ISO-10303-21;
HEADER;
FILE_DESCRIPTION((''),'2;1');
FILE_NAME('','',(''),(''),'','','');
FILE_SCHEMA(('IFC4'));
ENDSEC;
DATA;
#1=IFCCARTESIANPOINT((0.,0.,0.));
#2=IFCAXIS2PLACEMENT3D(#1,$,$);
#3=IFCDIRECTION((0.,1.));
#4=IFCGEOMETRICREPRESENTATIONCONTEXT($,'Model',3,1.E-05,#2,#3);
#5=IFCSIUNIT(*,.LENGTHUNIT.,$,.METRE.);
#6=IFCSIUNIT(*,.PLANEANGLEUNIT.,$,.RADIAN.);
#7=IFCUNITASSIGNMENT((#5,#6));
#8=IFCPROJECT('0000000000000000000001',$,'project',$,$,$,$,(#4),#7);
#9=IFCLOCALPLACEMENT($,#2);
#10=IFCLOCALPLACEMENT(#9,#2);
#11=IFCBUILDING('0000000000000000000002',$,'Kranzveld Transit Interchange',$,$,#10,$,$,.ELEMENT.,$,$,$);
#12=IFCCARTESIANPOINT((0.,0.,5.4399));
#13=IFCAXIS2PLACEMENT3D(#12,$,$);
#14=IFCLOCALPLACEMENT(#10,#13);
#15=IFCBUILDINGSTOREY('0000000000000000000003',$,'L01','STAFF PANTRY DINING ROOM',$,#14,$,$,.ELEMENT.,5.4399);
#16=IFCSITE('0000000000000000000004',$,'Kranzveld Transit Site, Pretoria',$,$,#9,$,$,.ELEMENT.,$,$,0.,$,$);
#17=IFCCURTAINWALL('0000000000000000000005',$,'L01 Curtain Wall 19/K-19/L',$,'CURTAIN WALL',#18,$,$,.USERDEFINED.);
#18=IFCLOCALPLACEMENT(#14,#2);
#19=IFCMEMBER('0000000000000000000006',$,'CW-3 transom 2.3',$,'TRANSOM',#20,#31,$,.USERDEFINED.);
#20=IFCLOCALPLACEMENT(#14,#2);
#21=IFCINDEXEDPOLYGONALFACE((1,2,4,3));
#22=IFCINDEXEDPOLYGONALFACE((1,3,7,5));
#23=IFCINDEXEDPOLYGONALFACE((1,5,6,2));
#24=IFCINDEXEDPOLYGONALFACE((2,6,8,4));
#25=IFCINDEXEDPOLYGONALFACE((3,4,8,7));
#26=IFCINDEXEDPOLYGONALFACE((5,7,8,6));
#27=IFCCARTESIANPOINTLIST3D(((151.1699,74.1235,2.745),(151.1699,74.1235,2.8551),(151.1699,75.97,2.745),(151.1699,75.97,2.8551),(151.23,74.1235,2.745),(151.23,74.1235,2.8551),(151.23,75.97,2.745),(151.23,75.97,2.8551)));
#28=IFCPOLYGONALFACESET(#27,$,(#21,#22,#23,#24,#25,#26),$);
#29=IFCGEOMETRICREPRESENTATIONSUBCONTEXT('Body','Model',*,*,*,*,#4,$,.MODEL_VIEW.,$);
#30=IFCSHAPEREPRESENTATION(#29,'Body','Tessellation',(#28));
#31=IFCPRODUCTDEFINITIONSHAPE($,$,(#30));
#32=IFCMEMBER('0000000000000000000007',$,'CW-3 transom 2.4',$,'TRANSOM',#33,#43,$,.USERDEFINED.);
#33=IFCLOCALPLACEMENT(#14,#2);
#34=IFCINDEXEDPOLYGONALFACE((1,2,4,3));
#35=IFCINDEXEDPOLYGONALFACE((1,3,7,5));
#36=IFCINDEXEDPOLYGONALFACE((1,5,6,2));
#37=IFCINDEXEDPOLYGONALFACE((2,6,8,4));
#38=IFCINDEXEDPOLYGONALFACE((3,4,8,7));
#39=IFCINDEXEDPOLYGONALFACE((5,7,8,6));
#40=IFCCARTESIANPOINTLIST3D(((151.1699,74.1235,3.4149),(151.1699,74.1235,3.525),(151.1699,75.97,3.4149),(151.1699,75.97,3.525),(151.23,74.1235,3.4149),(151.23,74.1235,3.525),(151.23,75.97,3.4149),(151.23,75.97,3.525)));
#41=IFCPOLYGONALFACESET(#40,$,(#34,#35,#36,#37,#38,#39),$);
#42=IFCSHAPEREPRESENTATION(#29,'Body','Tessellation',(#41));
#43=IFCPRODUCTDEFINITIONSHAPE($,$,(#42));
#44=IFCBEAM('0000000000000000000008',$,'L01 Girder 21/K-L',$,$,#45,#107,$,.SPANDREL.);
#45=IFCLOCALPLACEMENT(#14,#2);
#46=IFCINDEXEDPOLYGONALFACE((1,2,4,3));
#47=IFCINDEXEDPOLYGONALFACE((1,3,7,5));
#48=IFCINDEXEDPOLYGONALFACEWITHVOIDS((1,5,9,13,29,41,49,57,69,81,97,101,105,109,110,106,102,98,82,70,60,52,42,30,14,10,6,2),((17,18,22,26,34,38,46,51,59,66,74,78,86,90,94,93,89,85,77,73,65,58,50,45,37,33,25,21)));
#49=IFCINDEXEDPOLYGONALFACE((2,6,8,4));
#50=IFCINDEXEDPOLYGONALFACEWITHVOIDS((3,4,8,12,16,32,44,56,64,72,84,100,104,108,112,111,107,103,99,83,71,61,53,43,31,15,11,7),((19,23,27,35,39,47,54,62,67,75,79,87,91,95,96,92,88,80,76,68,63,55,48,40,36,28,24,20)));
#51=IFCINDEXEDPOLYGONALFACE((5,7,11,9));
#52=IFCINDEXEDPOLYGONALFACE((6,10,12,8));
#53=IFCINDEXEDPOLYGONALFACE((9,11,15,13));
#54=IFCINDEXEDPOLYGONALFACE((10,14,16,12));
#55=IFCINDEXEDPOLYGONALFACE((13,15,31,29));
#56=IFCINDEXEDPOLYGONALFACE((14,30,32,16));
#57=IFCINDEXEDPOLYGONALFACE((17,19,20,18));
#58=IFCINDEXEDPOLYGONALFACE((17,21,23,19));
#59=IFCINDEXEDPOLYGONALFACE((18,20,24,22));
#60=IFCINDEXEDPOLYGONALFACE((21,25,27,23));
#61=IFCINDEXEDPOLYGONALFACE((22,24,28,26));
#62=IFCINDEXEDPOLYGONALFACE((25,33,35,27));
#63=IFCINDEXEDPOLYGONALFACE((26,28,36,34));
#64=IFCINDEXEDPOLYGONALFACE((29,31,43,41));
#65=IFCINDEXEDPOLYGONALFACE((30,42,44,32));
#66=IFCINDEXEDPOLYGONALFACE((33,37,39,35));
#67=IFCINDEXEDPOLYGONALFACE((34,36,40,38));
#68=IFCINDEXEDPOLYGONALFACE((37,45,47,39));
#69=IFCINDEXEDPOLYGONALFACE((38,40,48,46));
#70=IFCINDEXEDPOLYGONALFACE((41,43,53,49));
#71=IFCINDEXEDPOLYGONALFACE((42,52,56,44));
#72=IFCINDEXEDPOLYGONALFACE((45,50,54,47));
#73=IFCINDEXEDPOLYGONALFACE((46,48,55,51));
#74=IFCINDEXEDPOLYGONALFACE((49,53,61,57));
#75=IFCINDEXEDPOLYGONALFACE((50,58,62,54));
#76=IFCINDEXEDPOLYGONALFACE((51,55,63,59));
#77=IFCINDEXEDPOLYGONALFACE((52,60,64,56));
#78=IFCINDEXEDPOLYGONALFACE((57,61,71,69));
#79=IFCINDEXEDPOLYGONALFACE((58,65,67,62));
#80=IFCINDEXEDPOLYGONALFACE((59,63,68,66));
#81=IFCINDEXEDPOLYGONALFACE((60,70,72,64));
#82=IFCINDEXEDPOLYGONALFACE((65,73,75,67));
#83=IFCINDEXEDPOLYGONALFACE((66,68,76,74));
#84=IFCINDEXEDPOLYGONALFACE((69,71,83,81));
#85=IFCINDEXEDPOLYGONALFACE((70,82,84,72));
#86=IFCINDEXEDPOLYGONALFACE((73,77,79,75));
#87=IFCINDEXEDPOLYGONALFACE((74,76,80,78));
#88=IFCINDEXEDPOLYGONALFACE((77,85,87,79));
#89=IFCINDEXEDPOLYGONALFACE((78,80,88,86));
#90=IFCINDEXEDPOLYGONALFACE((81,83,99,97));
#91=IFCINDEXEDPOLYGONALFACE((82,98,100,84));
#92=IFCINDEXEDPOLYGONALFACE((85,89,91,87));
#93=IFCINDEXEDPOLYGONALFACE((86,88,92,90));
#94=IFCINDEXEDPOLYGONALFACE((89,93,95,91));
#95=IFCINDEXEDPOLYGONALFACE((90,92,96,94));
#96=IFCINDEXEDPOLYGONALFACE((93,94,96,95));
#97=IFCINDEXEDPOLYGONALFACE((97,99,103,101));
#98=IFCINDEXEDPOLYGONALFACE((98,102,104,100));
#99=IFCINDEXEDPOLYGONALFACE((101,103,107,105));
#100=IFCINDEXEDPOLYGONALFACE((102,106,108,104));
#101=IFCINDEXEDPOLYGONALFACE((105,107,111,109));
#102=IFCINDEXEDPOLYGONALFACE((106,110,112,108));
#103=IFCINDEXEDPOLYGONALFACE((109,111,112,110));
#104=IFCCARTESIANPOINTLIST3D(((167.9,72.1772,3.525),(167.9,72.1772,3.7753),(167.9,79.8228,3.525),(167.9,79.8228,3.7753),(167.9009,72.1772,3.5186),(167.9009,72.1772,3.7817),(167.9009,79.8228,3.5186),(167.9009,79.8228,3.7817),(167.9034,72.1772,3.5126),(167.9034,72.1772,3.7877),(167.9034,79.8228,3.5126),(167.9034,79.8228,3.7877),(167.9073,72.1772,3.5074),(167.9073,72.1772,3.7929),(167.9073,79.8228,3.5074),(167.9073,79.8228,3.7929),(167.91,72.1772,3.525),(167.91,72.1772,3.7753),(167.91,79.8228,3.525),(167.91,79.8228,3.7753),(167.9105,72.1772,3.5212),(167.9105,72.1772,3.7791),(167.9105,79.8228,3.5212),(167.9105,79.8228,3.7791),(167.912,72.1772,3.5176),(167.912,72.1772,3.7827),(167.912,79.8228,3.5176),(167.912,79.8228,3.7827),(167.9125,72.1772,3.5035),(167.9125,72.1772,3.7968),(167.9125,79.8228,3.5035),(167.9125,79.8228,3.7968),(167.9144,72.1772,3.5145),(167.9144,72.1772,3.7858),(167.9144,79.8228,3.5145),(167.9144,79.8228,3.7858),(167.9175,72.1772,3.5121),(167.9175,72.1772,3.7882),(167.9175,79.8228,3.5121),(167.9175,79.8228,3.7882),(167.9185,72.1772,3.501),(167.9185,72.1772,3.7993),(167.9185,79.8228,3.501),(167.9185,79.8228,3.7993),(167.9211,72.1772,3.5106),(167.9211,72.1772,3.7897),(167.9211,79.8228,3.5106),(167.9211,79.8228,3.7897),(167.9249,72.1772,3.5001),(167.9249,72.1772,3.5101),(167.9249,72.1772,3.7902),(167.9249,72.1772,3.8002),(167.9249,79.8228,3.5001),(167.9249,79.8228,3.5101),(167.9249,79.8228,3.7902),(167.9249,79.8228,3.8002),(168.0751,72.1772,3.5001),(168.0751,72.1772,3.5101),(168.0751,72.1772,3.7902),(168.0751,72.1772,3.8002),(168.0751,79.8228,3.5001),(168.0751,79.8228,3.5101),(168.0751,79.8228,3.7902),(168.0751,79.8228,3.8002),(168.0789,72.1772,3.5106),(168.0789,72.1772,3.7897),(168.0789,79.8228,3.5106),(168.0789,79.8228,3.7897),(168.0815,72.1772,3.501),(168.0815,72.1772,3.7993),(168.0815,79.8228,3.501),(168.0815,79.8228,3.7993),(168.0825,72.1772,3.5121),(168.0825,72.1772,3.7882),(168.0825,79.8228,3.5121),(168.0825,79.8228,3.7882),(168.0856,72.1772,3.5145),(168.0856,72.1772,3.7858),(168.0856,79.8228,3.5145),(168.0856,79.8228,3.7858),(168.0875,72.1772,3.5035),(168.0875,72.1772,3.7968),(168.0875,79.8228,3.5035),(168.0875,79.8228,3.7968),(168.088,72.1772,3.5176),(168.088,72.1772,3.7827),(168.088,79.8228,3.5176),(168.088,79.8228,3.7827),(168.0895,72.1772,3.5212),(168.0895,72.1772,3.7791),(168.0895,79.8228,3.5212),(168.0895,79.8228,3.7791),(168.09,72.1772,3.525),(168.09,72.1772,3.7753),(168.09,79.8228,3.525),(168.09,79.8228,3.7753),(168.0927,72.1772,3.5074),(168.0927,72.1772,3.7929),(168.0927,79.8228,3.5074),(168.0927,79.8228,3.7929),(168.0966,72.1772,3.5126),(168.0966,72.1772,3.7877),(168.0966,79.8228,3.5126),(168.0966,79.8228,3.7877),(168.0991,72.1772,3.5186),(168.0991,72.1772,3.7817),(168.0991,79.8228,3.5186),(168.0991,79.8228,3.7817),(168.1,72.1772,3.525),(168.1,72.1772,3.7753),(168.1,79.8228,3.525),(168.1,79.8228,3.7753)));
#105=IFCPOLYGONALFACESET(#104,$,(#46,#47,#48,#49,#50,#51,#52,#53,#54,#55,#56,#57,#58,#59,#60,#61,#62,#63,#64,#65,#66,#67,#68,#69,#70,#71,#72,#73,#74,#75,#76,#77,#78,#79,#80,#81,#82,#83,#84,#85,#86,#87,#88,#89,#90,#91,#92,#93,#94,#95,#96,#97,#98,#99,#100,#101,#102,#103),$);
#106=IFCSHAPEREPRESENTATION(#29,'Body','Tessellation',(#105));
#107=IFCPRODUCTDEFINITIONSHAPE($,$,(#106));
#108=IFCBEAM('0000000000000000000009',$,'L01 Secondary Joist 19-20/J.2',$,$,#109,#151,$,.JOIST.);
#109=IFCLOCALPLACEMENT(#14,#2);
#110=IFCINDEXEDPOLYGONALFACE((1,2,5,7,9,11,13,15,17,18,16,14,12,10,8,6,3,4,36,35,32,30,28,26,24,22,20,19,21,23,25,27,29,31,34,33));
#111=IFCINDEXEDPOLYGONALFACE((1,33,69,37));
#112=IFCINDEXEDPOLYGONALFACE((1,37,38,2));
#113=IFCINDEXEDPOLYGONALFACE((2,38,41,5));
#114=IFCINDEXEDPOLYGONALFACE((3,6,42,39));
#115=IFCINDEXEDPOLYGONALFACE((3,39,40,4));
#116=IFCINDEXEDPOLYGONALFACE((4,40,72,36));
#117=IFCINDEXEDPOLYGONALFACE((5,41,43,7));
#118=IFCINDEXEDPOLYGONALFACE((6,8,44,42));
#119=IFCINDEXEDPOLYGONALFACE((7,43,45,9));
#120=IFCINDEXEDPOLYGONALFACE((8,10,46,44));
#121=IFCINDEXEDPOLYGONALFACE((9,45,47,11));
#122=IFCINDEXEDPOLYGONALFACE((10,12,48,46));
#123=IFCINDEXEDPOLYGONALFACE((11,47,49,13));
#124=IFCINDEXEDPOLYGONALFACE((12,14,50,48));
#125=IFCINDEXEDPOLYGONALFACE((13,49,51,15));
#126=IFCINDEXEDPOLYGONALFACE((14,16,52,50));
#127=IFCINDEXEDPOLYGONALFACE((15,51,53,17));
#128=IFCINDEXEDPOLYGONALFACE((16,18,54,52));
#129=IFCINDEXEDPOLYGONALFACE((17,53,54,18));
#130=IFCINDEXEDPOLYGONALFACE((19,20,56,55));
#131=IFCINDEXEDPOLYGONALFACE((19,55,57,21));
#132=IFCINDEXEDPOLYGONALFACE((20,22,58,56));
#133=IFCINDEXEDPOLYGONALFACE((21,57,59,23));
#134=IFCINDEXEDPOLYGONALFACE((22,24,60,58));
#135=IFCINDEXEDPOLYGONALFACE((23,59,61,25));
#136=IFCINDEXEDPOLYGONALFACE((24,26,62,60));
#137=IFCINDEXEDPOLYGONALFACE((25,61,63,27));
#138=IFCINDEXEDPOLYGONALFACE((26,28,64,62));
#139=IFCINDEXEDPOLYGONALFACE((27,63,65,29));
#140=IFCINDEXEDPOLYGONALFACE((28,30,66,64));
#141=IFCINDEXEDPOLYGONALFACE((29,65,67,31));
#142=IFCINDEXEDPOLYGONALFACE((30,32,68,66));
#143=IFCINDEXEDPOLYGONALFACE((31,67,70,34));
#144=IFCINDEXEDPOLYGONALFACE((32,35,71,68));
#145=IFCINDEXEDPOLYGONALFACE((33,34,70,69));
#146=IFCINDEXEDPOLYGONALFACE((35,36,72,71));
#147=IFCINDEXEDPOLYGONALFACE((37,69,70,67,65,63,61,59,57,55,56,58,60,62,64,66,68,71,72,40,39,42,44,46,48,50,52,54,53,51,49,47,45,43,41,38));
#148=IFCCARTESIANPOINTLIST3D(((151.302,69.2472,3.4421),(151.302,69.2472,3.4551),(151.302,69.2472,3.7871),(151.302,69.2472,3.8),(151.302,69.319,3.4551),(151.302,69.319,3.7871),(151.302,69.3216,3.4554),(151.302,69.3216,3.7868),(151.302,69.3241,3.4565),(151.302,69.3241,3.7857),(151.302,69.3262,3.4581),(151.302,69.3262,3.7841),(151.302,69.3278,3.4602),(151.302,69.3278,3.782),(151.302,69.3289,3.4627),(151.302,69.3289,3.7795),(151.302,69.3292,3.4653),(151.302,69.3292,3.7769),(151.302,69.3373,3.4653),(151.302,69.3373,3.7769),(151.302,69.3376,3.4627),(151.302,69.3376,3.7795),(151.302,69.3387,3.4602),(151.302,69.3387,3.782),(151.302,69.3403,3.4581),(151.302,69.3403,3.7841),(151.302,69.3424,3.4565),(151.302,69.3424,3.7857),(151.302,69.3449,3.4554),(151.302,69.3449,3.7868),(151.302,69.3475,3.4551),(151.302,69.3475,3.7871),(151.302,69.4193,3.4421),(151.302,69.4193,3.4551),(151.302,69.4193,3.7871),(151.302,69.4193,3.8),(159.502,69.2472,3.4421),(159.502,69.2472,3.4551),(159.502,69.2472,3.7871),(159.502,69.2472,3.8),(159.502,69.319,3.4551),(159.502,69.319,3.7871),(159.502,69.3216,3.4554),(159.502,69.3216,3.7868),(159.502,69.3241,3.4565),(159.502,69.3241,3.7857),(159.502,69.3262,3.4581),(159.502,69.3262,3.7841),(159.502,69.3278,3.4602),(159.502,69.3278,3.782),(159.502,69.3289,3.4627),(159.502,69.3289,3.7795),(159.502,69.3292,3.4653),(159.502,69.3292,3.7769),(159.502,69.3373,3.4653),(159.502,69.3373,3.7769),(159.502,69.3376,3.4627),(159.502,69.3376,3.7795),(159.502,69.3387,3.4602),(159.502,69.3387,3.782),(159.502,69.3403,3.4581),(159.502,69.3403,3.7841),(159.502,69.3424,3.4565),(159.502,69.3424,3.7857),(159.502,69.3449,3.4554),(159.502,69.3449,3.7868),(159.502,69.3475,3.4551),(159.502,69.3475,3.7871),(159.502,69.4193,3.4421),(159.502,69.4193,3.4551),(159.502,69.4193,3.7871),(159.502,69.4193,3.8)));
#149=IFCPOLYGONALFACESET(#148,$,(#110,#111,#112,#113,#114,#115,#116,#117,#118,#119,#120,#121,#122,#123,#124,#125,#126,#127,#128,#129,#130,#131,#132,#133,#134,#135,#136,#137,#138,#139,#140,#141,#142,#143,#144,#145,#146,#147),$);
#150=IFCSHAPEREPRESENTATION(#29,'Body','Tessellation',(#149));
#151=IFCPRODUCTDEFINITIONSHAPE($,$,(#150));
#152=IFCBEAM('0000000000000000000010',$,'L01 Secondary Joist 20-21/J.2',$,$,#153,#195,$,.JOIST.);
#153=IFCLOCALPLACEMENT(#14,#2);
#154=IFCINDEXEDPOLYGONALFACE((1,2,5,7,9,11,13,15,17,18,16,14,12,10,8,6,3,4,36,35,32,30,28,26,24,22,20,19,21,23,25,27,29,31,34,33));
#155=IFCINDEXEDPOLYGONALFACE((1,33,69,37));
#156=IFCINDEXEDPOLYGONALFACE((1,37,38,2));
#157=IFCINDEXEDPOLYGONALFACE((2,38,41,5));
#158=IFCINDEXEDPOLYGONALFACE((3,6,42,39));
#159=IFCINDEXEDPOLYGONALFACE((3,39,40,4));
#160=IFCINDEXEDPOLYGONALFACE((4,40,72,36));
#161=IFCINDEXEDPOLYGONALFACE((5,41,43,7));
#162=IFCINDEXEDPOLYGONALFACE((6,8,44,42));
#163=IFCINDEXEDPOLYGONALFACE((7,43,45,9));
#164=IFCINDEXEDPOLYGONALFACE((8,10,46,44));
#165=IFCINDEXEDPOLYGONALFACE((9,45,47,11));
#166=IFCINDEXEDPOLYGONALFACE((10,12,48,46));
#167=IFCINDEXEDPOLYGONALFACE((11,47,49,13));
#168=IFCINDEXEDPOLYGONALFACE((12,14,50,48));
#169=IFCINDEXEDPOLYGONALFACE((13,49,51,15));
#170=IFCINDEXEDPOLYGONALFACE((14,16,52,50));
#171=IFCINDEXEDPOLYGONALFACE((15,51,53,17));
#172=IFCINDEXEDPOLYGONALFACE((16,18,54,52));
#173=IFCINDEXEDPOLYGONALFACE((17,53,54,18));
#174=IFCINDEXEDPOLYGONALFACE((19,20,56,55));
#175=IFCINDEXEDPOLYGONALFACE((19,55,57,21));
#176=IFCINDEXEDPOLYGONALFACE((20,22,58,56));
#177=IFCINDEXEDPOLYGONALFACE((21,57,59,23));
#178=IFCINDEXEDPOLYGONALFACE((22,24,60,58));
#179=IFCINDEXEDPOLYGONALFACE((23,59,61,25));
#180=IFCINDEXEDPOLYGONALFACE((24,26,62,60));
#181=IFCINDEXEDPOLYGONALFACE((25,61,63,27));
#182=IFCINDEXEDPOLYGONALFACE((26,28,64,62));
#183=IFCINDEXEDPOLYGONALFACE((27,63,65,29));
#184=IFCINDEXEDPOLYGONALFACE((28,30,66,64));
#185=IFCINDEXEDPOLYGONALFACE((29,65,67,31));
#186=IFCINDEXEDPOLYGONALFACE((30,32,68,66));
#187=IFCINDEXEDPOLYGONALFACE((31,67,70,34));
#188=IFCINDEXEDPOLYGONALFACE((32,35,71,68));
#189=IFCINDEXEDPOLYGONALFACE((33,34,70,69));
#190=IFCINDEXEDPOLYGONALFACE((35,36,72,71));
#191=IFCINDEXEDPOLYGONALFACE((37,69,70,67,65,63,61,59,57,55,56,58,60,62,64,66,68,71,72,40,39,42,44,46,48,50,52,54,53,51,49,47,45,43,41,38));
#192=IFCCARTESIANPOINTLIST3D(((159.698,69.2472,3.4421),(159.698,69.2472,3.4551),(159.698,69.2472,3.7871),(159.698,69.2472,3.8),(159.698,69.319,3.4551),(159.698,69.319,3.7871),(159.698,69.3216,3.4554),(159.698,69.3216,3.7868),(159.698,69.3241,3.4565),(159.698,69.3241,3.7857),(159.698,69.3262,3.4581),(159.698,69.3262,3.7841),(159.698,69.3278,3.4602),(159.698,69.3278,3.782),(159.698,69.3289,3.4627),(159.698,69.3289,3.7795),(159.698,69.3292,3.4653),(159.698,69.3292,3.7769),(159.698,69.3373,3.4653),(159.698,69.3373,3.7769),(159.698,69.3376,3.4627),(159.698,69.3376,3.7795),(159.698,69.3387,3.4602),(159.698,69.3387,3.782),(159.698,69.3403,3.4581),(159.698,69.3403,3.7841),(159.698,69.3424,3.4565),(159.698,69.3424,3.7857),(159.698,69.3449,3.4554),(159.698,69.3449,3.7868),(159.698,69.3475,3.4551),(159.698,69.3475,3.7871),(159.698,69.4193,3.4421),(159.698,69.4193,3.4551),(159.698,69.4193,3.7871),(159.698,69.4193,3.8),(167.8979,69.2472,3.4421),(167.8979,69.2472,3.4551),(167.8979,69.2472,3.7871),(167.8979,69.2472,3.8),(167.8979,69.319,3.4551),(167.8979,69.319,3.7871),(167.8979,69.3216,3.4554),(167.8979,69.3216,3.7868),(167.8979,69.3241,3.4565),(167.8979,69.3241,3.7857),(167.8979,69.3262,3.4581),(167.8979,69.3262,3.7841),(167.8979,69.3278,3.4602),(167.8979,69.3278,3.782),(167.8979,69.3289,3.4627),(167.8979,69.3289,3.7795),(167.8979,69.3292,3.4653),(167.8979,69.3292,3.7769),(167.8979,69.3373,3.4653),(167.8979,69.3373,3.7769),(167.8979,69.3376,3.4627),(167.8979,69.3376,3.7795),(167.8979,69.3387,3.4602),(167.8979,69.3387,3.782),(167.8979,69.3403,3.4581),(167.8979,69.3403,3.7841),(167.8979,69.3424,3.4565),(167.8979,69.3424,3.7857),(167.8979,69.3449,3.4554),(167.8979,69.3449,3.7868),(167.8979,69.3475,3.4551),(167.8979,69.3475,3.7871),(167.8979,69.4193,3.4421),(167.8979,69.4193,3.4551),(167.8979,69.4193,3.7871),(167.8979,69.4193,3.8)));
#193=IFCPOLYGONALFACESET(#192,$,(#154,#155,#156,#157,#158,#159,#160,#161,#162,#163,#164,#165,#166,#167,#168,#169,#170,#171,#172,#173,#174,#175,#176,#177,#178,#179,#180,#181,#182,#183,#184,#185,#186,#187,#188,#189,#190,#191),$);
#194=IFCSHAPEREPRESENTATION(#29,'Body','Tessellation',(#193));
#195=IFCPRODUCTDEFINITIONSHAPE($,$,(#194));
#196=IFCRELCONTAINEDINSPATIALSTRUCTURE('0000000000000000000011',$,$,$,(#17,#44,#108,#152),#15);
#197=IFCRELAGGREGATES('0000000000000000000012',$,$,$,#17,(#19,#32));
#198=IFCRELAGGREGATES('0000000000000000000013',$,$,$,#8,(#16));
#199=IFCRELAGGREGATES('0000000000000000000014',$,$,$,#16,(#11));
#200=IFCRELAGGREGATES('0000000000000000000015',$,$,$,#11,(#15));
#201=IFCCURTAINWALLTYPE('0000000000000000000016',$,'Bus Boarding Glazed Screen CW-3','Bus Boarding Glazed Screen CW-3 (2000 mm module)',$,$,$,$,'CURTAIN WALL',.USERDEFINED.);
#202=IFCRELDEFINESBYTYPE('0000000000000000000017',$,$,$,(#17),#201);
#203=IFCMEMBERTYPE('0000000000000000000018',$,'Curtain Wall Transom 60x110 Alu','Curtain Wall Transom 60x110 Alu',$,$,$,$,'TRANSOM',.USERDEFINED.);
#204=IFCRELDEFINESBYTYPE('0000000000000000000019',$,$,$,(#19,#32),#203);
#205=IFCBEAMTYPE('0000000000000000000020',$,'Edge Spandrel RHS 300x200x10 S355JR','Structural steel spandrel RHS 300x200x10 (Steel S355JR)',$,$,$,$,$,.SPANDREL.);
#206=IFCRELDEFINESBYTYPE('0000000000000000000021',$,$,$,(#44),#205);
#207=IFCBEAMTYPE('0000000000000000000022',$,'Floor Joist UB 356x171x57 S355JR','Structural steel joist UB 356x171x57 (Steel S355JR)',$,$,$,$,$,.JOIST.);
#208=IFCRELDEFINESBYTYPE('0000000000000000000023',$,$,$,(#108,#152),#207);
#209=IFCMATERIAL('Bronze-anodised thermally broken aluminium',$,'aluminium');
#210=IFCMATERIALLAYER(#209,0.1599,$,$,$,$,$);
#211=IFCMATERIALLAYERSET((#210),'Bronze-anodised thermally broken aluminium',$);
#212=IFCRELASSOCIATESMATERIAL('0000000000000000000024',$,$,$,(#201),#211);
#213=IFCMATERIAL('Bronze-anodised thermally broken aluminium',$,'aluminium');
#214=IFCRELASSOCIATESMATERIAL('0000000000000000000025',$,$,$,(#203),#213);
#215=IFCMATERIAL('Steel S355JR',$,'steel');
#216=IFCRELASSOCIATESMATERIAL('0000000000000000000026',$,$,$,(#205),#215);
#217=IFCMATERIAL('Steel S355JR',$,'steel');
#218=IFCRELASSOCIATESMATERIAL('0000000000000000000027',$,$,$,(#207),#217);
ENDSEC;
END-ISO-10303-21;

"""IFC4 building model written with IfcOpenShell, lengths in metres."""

from ifc_helpers import new_model, si_unit, direction, frame, origin, origin_2d, place, context, subcontext, project, spatial, rectangle, hollow_rectangle, i_section, extrude, material, layer, layer_set, material_profile, profile_set, type_object, element, aggregate, save


model = new_model("IFC4")

# Units and contexts
model_context = context("Model", 3, precision=1e-05, world=origin(), true_north=direction((0.0, 1.0)))
body_context = subcontext(model_context, "Body", "Model", "MODEL_VIEW")
ifc_project = project(units=[si_unit("LENGTHUNIT", "METRE"), si_unit("PLANEANGLEUNIT", "RADIAN")], contexts=[model_context])

# Site, building, storey
site_placement = place(None, origin())
site = spatial("IfcSite", under=ifc_project, at=site_placement, Name="Kranzveld Transit Site, Pretoria", CompositionType="ELEMENT", RefElevation=0.0)
building_placement = place(site_placement, origin())
building = spatial("IfcBuilding", under=site, at=building_placement, Name="Kranzveld Transit Interchange", CompositionType="ELEMENT")
storey_placement = place(building_placement, frame((0.0, 0.0, 5.4399)))
storey = spatial("IfcBuildingStorey", under=building, at=storey_placement, Name="L01", Description="STAFF PANTRY DINING ROOM", CompositionType="ELEMENT", Elevation=5.4399)

# Curtain wall, members
ifc_material_1 = material(Name="Bronze-anodised thermally broken aluminium", Category="aluminium")
ifc_layer_1 = layer(ifc_material_1, 0.1599)
ifc_layer_set_1 = layer_set([ifc_layer_1], Name="Bronze-anodised thermally broken aluminium")
curtain_wall_type = type_object("IfcCurtainWallType", Name="Bus Boarding Glazed Screen CW-3", Description="Bus Boarding Glazed Screen CW-3 (2000 mm module)", ElementType="CURTAIN WALL", PredefinedType="USERDEFINED", material=ifc_layer_set_1)
curtain_wall_placement = place(storey_placement, origin())
curtain_wall = element("IfcCurtainWall", 1, at=curtain_wall_placement, inside=storey, type_object=curtain_wall_type, Name="L01 Curtain Wall 19/K-19/L", ObjectType="CURTAIN WALL", PredefinedType="USERDEFINED")
ifc_material_2 = material(Name="Bronze-anodised thermally broken aluminium", Category="aluminium")
ifc_material_profile_1 = material_profile(ifc_material_2, rectangle(XDim=0.0601, YDim=0.1101, at=origin_2d()), Name="ALU TRANSOM 60x110")
ifc_profile_set_1 = profile_set([ifc_material_profile_1], Name="Bronze-anodised thermally broken aluminium")
member_type_1 = type_object("IfcMemberType", Name="Curtain Wall Transom 60x110 Alu", Description="Curtain Wall Transom 60x110 Alu", ElementType="TRANSOM", PredefinedType="USERDEFINED", material=ifc_profile_set_1)
member_1_placement = place(storey_placement, frame((151.2, 74.1235, 2.8), z_axis=(0.0, 1.0, 0.0), x_axis=(-1.0, 0.0, 0.0)))
member_1 = element("IfcMember", 2, at=member_1_placement, type_object=member_type_1, Name="CW-3 transom 2.3", ObjectType="TRANSOM", PredefinedType="USERDEFINED", context=body_context, shape_type="SweptSolid", body=[
    extrude(rectangle(XDim=0.0601, YDim=0.1101, at=origin_2d()), origin(), (0.0, 0.0, 1.0), 1.8464),
])
member_2_placement = place(storey_placement, frame((151.2, 74.1235, 3.47), z_axis=(0.0, 1.0, 0.0), x_axis=(-1.0, 0.0, 0.0)))
member_2 = element("IfcMember", 3, at=member_2_placement, type_object=member_type_1, Name="CW-3 transom 2.4", ObjectType="TRANSOM", PredefinedType="USERDEFINED", context=body_context, shape_type="SweptSolid", body=[
    extrude(rectangle(XDim=0.0601, YDim=0.1101, at=origin_2d()), origin(), (0.0, 0.0, 1.0), 1.8464),
])

# Beams
ifc_material_3 = material(Name="Steel S355JR", Category="steel")
ifc_material_profile_2 = material_profile(ifc_material_3, hollow_rectangle(XDim=0.2, YDim=0.3, WallThickness=0.01, InnerFilletRadius=0.0149, OuterFilletRadius=0.0249, at=origin_2d()), Name="RHS 300x200x10")
ifc_profile_set_2 = profile_set([ifc_material_profile_2], Name="Steel S355JR")
beam_type_1 = type_object("IfcBeamType", Name="Edge Spandrel RHS 300x200x10 S355JR", Description="Structural steel spandrel RHS 300x200x10 (Steel S355JR)", PredefinedType="SPANDREL", material=ifc_profile_set_2)
beam_1_placement = place(storey_placement, frame((168.0, 72.1772, 3.6501), z_axis=(0.0, 1.0, 0.0), x_axis=(-1.0, 0.0, 0.0)))
element("IfcBeam", 4, at=beam_1_placement, inside=storey, type_object=beam_type_1, Name="L01 Girder 21/K-L", PredefinedType="SPANDREL", context=body_context, shape_type="SweptSolid", body=[
    extrude(hollow_rectangle(XDim=0.2, YDim=0.3, WallThickness=0.01, InnerFilletRadius=0.0149, OuterFilletRadius=0.0249, at=origin_2d()), origin(), (0.0, 0.0, 1.0), 7.6455),
])
ifc_material_4 = material(Name="Steel S355JR", Category="steel")
ifc_material_profile_3 = material_profile(ifc_material_4, i_section(OverallWidth=0.1721, OverallDepth=0.3579, WebThickness=0.0081, FlangeThickness=0.0129, FilletRadius=0.0103, at=origin_2d()), Name="UB 356x171x57")
ifc_profile_set_3 = profile_set([ifc_material_profile_3], Name="Steel S355JR")
beam_type_2 = type_object("IfcBeamType", Name="Floor Joist UB 356x171x57 S355JR", Description="Structural steel joist UB 356x171x57 (Steel S355JR)", PredefinedType="JOIST", material=ifc_profile_set_3)
for number, where, z_axis, x_axis, name in (
    (5, (151.302, 69.3333, 3.6211), (1.0, 0.0, 0.0), (0.0, 1.0, 0.0), "L01 Secondary Joist 19-20/J.2"),
    (6, (159.698, 69.3333, 3.6211), (1.0, 0.0, 0.0), (0.0, 1.0, 0.0), "L01 Secondary Joist 20-21/J.2"),
):
    element("IfcBeam", number, at=place(storey_placement, frame(where, z_axis=z_axis, x_axis=x_axis)), inside=storey, type_object=beam_type_2, Name=name, PredefinedType="JOIST", context=body_context, shape_type="SweptSolid", body=[
        extrude(i_section(OverallWidth=0.1721, OverallDepth=0.3579, WebThickness=0.0081, FlangeThickness=0.0129, FilletRadius=0.0103, at=origin_2d()), origin(), (0.0, 0.0, 1.0), 8.2),
    ])

aggregate(curtain_wall, [member_1, member_2])

save(model, "model.ifc")
